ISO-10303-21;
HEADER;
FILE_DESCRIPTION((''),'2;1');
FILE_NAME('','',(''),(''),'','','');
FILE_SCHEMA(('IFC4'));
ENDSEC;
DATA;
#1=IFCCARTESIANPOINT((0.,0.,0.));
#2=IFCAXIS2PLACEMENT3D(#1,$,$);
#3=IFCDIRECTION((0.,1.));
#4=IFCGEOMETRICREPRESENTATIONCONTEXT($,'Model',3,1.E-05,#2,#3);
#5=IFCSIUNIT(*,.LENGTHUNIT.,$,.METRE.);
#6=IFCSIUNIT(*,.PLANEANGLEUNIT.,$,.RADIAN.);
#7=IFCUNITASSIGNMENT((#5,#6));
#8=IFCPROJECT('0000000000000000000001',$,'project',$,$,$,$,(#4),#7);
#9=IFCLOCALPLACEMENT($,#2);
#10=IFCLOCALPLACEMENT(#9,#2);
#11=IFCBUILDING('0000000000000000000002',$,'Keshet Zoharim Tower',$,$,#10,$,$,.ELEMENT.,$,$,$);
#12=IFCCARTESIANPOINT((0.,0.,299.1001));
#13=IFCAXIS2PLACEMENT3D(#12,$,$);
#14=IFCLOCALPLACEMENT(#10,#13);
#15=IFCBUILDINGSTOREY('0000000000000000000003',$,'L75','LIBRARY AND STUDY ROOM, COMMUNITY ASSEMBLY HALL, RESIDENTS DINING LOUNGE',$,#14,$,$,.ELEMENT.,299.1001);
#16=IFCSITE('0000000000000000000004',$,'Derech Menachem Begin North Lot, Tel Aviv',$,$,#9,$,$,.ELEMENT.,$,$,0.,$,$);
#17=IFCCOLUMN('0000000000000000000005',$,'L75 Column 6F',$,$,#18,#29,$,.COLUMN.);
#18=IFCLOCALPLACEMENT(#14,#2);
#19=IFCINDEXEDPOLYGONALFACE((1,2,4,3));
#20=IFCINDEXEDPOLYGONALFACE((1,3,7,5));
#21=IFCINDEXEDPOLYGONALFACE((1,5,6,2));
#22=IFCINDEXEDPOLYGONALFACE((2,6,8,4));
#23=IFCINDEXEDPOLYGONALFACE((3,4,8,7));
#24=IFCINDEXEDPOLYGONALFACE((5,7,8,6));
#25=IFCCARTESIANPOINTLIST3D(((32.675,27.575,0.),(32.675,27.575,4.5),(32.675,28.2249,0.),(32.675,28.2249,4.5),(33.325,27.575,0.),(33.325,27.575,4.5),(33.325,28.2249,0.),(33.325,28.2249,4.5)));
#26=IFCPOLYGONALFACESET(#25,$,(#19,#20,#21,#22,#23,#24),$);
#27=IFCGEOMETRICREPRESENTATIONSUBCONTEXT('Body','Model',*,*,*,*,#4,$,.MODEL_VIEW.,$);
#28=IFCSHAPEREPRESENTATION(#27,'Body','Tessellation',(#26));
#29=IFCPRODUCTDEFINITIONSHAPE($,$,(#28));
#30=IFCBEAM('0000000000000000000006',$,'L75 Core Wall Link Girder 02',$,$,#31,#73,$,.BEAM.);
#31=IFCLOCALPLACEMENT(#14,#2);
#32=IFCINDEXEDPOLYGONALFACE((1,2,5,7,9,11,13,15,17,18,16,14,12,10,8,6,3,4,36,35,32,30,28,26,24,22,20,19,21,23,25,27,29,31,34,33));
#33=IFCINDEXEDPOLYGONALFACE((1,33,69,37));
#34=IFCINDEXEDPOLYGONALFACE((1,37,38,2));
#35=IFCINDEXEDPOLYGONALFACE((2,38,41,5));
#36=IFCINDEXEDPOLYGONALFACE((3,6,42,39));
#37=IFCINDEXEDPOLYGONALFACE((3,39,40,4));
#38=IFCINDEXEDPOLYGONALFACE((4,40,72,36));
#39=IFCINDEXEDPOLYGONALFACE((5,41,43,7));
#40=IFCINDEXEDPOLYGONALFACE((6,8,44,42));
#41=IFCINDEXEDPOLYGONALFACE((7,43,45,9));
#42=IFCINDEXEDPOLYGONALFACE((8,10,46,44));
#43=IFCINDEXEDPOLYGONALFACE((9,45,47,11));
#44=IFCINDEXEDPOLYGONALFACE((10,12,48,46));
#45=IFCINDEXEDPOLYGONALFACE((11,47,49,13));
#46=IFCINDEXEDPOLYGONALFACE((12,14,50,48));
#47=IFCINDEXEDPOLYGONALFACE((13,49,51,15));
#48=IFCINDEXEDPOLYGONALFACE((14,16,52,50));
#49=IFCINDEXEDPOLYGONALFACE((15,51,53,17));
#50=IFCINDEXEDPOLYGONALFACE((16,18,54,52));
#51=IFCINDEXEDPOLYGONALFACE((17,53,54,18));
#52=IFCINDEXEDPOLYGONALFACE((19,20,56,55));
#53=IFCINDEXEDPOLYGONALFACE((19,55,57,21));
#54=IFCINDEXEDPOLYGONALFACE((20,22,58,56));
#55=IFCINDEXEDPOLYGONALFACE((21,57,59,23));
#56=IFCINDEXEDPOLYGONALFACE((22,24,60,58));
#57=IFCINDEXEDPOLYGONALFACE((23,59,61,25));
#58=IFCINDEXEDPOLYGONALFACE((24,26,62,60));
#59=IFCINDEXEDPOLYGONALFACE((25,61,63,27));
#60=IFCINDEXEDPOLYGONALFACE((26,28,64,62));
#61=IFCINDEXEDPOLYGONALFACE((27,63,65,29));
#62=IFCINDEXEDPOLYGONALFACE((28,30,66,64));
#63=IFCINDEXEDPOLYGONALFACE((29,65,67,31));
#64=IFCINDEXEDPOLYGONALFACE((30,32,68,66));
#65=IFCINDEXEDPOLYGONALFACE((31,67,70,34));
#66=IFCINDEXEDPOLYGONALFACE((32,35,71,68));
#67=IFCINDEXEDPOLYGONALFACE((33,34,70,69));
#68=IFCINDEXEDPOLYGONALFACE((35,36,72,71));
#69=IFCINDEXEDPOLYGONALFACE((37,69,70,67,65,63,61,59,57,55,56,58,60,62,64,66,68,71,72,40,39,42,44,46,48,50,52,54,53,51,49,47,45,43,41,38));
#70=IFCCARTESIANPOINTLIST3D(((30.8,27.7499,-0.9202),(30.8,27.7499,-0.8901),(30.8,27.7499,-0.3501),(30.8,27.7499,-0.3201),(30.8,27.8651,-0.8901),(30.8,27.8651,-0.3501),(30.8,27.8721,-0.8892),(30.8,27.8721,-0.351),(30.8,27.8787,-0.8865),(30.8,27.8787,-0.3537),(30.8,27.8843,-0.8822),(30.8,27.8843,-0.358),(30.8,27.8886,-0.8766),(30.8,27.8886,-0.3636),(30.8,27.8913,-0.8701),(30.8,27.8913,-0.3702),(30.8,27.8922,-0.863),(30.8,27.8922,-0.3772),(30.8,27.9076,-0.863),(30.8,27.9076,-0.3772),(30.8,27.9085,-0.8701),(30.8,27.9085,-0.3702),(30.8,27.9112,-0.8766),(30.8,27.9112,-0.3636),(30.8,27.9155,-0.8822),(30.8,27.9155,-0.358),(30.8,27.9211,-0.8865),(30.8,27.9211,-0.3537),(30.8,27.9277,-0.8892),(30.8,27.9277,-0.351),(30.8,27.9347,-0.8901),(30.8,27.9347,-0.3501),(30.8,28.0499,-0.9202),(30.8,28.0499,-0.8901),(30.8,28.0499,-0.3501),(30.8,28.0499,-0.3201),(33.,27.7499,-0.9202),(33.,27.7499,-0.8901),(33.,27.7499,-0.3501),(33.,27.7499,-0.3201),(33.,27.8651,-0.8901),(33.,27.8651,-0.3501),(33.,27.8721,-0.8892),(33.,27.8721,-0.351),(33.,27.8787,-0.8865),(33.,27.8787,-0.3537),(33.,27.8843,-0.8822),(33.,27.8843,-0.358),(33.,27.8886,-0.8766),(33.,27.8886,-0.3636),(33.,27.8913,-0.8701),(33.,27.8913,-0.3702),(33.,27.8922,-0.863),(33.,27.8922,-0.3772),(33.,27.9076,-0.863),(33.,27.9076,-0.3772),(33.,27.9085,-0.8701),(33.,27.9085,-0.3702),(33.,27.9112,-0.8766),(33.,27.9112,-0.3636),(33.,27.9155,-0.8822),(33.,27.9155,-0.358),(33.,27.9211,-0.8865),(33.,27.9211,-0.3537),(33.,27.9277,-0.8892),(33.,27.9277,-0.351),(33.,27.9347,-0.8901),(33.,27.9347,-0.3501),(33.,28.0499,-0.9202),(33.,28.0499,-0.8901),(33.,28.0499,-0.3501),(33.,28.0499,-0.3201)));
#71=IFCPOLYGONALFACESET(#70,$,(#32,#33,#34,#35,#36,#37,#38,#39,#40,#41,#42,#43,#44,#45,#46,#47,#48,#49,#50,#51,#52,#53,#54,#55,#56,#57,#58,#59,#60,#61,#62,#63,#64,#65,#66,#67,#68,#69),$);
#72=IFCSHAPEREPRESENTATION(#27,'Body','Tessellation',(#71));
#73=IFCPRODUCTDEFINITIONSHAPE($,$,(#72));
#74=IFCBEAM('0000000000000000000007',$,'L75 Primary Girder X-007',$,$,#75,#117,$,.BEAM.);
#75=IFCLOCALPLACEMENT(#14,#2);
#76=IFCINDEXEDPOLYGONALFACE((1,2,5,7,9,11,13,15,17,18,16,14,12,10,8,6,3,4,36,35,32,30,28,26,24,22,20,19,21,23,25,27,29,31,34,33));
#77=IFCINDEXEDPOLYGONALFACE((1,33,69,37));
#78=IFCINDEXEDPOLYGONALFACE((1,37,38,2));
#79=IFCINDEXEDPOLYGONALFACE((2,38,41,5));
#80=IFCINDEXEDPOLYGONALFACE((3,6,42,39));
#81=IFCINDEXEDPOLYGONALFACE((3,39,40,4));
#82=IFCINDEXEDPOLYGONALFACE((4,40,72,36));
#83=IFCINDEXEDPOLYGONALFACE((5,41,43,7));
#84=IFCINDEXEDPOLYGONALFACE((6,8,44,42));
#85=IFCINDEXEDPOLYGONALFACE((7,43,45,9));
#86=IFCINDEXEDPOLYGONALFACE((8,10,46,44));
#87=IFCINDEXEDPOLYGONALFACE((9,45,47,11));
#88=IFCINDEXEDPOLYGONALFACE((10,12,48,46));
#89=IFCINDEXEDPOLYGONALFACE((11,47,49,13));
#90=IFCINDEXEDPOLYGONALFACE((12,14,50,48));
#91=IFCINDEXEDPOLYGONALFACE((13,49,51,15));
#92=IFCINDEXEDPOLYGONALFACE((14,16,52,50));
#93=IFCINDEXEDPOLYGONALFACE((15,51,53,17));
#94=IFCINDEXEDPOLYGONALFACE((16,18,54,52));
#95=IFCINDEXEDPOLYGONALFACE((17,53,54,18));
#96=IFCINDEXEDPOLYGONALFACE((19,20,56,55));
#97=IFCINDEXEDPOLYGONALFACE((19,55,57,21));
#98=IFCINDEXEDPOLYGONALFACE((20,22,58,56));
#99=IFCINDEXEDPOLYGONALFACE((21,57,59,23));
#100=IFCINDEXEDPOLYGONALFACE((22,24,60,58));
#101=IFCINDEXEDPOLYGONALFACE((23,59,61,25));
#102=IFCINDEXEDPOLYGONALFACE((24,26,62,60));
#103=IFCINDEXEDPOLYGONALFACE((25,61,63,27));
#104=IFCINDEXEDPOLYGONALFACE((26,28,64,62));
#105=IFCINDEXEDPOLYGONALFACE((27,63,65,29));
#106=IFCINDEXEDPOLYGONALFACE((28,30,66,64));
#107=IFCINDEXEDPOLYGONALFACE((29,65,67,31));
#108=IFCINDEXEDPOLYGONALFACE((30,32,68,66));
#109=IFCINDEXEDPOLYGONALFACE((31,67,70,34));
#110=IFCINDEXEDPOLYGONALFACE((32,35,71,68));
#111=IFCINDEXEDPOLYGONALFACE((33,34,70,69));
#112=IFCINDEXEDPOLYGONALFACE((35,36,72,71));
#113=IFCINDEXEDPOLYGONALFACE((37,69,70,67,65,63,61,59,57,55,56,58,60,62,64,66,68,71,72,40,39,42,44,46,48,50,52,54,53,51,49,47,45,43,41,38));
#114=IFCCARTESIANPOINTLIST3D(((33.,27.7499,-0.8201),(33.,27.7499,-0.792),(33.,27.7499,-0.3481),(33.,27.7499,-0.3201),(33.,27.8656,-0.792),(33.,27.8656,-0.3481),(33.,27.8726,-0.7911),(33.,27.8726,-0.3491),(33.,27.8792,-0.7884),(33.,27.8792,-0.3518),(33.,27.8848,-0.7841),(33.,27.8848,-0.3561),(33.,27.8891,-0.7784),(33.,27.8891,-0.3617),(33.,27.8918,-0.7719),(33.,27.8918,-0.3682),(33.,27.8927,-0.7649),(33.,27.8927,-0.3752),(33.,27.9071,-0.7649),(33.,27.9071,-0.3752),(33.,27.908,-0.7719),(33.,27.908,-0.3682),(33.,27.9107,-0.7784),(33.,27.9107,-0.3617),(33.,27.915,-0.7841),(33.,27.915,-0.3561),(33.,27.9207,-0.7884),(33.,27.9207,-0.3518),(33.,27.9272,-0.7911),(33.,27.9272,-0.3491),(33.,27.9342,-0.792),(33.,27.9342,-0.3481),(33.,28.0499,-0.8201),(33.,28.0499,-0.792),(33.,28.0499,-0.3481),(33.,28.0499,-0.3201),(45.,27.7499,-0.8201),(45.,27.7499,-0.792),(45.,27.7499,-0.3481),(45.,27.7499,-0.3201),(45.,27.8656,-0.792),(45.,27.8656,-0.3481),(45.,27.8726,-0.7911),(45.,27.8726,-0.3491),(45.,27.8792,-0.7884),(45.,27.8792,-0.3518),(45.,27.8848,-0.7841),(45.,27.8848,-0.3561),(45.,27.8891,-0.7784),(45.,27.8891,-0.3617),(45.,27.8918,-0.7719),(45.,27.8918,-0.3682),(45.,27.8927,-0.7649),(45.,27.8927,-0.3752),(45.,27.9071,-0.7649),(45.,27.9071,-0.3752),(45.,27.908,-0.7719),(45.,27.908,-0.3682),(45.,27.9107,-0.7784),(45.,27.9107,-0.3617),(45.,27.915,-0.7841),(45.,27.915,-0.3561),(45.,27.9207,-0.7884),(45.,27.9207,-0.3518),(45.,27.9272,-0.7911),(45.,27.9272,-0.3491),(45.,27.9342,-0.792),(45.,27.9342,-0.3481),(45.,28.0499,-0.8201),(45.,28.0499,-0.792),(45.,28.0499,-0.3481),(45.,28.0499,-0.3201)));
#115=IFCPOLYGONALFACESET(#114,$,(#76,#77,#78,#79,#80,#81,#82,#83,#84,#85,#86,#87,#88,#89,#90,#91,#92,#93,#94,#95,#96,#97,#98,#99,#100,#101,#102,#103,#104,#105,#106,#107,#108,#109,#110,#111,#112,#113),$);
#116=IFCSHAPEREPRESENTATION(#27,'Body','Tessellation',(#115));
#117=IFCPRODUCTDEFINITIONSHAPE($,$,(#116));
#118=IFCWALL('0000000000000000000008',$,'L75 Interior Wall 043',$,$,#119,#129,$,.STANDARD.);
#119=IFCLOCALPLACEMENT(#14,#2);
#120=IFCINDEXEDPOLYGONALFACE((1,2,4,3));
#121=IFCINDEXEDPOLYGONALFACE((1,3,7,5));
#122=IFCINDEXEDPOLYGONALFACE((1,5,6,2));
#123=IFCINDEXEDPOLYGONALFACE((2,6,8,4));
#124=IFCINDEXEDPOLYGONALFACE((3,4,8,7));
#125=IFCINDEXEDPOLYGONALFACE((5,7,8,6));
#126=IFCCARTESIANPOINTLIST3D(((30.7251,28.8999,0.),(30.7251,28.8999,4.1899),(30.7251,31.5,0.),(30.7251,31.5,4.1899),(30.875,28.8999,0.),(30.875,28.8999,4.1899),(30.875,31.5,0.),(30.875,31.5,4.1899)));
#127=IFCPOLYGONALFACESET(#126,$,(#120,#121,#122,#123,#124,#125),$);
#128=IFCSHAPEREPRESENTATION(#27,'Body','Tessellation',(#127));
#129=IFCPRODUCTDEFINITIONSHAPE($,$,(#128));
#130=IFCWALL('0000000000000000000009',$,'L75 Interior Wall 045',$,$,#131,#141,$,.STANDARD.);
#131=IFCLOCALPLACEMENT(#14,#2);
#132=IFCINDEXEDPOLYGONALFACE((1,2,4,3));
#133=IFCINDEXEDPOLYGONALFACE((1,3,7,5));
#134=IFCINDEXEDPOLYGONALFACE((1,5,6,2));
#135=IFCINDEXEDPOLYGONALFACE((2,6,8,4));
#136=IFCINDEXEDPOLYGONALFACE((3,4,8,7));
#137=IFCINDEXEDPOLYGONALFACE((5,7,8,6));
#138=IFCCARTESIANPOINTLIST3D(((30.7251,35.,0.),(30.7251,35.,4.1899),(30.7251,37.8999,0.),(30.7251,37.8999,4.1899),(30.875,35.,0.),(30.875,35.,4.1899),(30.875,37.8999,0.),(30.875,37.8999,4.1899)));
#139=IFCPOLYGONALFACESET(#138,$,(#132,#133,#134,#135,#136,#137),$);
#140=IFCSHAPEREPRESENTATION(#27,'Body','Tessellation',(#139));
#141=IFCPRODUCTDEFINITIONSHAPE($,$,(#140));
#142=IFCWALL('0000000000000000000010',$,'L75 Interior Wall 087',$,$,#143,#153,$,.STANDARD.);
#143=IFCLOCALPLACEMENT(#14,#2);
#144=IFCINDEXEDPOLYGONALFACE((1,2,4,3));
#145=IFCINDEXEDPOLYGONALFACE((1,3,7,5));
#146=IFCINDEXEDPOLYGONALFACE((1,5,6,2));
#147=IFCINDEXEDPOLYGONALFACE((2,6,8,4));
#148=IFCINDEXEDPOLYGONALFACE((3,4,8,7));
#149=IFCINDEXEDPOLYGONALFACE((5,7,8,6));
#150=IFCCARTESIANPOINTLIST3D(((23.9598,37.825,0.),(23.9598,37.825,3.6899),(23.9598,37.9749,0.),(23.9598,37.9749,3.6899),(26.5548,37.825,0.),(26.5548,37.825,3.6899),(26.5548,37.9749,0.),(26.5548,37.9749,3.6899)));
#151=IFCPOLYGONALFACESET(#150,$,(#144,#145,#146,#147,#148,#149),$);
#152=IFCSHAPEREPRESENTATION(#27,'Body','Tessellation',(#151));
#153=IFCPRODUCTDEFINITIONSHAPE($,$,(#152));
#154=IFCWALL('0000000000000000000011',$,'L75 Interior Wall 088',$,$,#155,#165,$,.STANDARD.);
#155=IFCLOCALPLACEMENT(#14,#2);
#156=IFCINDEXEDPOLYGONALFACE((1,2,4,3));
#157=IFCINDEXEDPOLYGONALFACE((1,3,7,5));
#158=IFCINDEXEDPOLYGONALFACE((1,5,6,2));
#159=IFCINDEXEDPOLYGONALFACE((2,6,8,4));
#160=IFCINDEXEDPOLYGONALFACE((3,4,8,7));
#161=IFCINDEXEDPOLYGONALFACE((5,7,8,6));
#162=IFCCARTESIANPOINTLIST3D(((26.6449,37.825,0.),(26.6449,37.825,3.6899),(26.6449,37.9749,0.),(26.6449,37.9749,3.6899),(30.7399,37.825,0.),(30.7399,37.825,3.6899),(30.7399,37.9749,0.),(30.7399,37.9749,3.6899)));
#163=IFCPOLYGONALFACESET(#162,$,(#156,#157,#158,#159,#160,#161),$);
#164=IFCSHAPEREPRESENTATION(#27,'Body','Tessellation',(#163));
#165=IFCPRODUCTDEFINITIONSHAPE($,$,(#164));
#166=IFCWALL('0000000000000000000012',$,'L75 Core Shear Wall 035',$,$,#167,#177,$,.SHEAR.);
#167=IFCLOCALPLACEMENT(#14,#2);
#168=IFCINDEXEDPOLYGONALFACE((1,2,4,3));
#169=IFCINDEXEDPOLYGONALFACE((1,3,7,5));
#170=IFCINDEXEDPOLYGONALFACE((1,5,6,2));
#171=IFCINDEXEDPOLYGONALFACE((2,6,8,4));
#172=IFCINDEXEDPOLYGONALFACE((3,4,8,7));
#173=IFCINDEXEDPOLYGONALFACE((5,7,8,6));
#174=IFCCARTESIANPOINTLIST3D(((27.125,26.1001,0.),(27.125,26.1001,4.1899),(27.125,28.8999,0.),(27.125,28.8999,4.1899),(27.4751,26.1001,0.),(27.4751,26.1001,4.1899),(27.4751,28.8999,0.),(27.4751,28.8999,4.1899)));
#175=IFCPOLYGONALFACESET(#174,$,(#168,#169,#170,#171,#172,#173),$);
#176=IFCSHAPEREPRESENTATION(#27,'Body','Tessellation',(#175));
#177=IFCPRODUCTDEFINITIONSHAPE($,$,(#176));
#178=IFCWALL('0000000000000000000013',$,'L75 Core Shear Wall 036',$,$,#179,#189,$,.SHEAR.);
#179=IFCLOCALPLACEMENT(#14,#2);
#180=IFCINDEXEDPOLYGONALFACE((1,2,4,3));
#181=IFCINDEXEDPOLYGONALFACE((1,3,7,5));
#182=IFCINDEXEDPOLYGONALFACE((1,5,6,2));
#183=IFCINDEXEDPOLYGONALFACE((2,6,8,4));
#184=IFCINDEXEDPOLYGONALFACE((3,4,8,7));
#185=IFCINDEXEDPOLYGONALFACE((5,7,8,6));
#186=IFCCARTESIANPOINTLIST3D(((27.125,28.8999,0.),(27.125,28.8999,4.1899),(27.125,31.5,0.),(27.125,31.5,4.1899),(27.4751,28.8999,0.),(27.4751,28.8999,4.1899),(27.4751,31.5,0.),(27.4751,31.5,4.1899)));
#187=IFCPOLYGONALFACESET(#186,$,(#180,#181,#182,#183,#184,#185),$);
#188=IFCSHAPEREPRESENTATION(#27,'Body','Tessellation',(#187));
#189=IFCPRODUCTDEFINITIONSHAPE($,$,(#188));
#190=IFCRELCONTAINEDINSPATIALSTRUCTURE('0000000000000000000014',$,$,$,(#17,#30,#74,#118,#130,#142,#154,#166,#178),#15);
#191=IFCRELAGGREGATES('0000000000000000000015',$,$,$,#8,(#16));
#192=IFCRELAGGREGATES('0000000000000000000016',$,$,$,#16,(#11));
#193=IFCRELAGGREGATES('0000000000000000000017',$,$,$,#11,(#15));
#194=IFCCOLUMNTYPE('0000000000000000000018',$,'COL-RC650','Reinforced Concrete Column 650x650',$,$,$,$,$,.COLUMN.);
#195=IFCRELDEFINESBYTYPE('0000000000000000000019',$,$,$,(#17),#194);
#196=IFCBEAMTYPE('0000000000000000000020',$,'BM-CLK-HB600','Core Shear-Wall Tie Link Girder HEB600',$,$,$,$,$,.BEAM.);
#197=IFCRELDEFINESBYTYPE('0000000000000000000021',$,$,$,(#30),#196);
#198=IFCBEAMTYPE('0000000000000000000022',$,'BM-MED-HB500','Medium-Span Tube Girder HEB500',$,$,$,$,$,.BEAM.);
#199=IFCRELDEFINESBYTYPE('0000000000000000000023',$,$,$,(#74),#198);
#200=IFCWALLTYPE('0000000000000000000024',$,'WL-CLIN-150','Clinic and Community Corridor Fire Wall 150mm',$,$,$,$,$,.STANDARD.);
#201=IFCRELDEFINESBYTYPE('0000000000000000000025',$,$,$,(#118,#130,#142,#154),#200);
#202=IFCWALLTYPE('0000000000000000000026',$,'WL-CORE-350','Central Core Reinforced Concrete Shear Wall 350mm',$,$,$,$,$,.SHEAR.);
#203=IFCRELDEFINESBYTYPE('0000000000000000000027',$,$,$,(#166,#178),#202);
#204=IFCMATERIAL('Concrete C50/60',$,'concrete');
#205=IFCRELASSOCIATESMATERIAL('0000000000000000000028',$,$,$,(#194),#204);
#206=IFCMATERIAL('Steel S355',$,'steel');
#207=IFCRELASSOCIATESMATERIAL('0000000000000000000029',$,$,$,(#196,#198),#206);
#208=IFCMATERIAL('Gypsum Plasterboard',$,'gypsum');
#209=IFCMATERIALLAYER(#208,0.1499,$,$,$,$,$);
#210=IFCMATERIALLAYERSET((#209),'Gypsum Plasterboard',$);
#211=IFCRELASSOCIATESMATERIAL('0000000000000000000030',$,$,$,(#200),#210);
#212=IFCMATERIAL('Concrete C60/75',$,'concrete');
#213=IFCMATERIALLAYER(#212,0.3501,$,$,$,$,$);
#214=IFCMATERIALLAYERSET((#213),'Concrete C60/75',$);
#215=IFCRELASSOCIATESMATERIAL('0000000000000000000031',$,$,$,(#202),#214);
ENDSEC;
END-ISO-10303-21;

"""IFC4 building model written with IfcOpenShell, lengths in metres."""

from ifc_helpers import new_model, si_unit, direction, frame, frame_2d, origin, origin_2d, place, context, subcontext, project, spatial, rectangle, i_section, extrude, material, layer, layer_set, material_profile, profile_set, type_object, element, save


model = new_model("IFC4")

# Units and contexts
model_context = context("Model", 3, precision=1e-05, world=origin(), true_north=direction((0.0, 1.0)))
body_context = subcontext(model_context, "Body", "Model", "MODEL_VIEW")
ifc_project = project(units=[si_unit("LENGTHUNIT", "METRE"), si_unit("PLANEANGLEUNIT", "RADIAN")], contexts=[model_context])

# Site, building, storey
site_placement = place(None, origin())
site = spatial("IfcSite", under=ifc_project, at=site_placement, Name="Derech Menachem Begin North Lot, Tel Aviv", CompositionType="ELEMENT", RefElevation=0.0)
building_placement = place(site_placement, origin())
building = spatial("IfcBuilding", under=site, at=building_placement, Name="Keshet Zoharim Tower", CompositionType="ELEMENT")
storey_placement = place(building_placement, frame((0.0, 0.0, 299.1001)))
storey = spatial("IfcBuildingStorey", under=building, at=storey_placement, Name="L75", Description="LIBRARY AND STUDY ROOM, COMMUNITY ASSEMBLY HALL, RESIDENTS DINING LOUNGE", CompositionType="ELEMENT", Elevation=299.1001)

# Column
ifc_material_1 = material(Name="Concrete C50/60", Category="concrete")
ifc_material_profile_1 = material_profile(ifc_material_1, rectangle(XDim=0.6499, YDim=0.6499, at=origin_2d()), Name="RC650x650")
ifc_profile_set_1 = profile_set([ifc_material_profile_1], Name="Concrete C50/60")
column_type = type_object("IfcColumnType", Name="COL-RC650", Description="Reinforced Concrete Column 650x650", PredefinedType="COLUMN", material=ifc_profile_set_1)
column_placement = place(storey_placement, frame((33.0, 27.8999, 0.0), z_axis=(0.0, 0.0, 1.0), x_axis=(1.0, 0.0, 0.0)))
element("IfcColumn", 1, at=column_placement, inside=storey, type_object=column_type, Name="L75 Column 6F", PredefinedType="COLUMN", context=body_context, shape_type="SweptSolid", body=[
    extrude(rectangle(XDim=0.6499, YDim=0.6499, at=origin_2d()), origin(), (0.0, 0.0, 1.0), 4.5),
])

# Beams
ifc_material_2 = material(Name="Steel S355", Category="steel")
ifc_material_profile_2 = material_profile(ifc_material_2, i_section(OverallWidth=0.3, OverallDepth=0.6001, WebThickness=0.0154, FlangeThickness=0.03, FilletRadius=0.0271, at=origin_2d()), Name="HEB600")
ifc_profile_set_2 = profile_set([ifc_material_profile_2], Name="Steel S355")
beam_type_1 = type_object("IfcBeamType", Name="BM-CLK-HB600", Description="Core Shear-Wall Tie Link Girder HEB600", PredefinedType="BEAM", material=ifc_profile_set_2)
beam_1_placement = place(storey_placement, frame((30.8, 27.8999, -0.6201), z_axis=(1.0, 0.0, 0.0), x_axis=(0.0, 1.0, 0.0)))
element("IfcBeam", 2, at=beam_1_placement, inside=storey, type_object=beam_type_1, Name="L75 Core Wall Link Girder 02", PredefinedType="BEAM", context=body_context, shape_type="SweptSolid", body=[
    extrude(i_section(OverallWidth=0.3, OverallDepth=0.6001, WebThickness=0.0154, FlangeThickness=0.03, FilletRadius=0.0271, at=origin_2d()), origin(), (0.0, 0.0, 1.0), 2.2),
])
ifc_material_profile_3 = material_profile(ifc_material_2, i_section(OverallWidth=0.3, OverallDepth=0.5, WebThickness=0.0144, FlangeThickness=0.0281, FilletRadius=0.0271, at=origin_2d()), Name="HEB500")
ifc_profile_set_3 = profile_set([ifc_material_profile_3], Name="Steel S355")
beam_type_2 = type_object("IfcBeamType", Name="BM-MED-HB500", Description="Medium-Span Tube Girder HEB500", PredefinedType="BEAM", material=ifc_profile_set_3)
beam_2_placement = place(storey_placement, frame((33.0, 27.8999, -0.5701), z_axis=(1.0, 0.0, 0.0), x_axis=(0.0, 1.0, 0.0)))
element("IfcBeam", 3, at=beam_2_placement, inside=storey, type_object=beam_type_2, Name="L75 Primary Girder X-007", PredefinedType="BEAM", context=body_context, shape_type="SweptSolid", body=[
    extrude(i_section(OverallWidth=0.3, OverallDepth=0.5, WebThickness=0.0144, FlangeThickness=0.0281, FilletRadius=0.0271, at=origin_2d()), origin(), (0.0, 0.0, 1.0), 12.0),
])

# Walls
ifc_material_3 = material(Name="Gypsum Plasterboard", Category="gypsum")
ifc_layer_1 = layer(ifc_material_3, 0.1499)
ifc_layer_set_1 = layer_set([ifc_layer_1], Name="Gypsum Plasterboard")
wall_type_1 = type_object("IfcWallType", Name="WL-CLIN-150", Description="Clinic and Community Corridor Fire Wall 150mm", PredefinedType="STANDARD", material=ifc_layer_set_1)
wall_1_placement = place(storey_placement, frame((30.8, 28.8999, 0.0), z_axis=(0.0, 0.0, 1.0), x_axis=(0.0, 1.0, 0.0)))
element("IfcWall", 4, at=wall_1_placement, inside=storey, type_object=wall_type_1, Name="L75 Interior Wall 043", PredefinedType="STANDARD", context=body_context, shape_type="SweptSolid", body=[
    extrude(rectangle(XDim=2.6001, YDim=0.1499, at=frame_2d((1.3, 0.0))), origin(), (0.0, 0.0, 1.0), 4.1899),
])
wall_2_placement = place(storey_placement, frame((30.8, 35.0, 0.0), z_axis=(0.0, 0.0, 1.0), x_axis=(0.0, 1.0, 0.0)))
element("IfcWall", 5, at=wall_2_placement, inside=storey, type_object=wall_type_1, Name="L75 Interior Wall 045", PredefinedType="STANDARD", context=body_context, shape_type="SweptSolid", body=[
    extrude(rectangle(XDim=2.8999, YDim=0.1499, at=frame_2d((1.45, 0.0))), origin(), (0.0, 0.0, 1.0), 4.1899),
])
wall_3_placement = place(storey_placement, frame((23.96, 37.8999, 0.0), z_axis=(0.0, 0.0, 1.0), x_axis=(1.0, 0.0, 0.0)))
element("IfcWall", 6, at=wall_3_placement, inside=storey, type_object=wall_type_1, Name="L75 Interior Wall 087", PredefinedType="STANDARD", context=body_context, shape_type="SweptSolid", body=[
    extrude(rectangle(XDim=2.595, YDim=0.1499, at=frame_2d((1.2974, 0.0))), origin(), (0.0, 0.0, 1.0), 3.6899),
])
wall_4_placement = place(storey_placement, frame((26.645, 37.8999, 0.0), z_axis=(0.0, 0.0, 1.0), x_axis=(1.0, 0.0, 0.0)))
element("IfcWall", 7, at=wall_4_placement, inside=storey, type_object=wall_type_1, Name="L75 Interior Wall 088", PredefinedType="STANDARD", context=body_context, shape_type="SweptSolid", body=[
    extrude(rectangle(XDim=4.095, YDim=0.1499, at=frame_2d((2.0474, 0.0))), origin(), (0.0, 0.0, 1.0), 3.6899),
])
ifc_material_4 = material(Name="Concrete C60/75", Category="concrete")
ifc_layer_2 = layer(ifc_material_4, 0.3501)
ifc_layer_set_2 = layer_set([ifc_layer_2], Name="Concrete C60/75")
wall_type_2 = type_object("IfcWallType", Name="WL-CORE-350", Description="Central Core Reinforced Concrete Shear Wall 350mm", PredefinedType="SHEAR", material=ifc_layer_set_2)
wall_5_placement = place(storey_placement, frame((27.3, 26.1001, 0.0), z_axis=(0.0, 0.0, 1.0), x_axis=(0.0, 1.0, 0.0)))
element("IfcWall", 8, at=wall_5_placement, inside=storey, type_object=wall_type_2, Name="L75 Core Shear Wall 035", PredefinedType="SHEAR", context=body_context, shape_type="SweptSolid", body=[
    extrude(rectangle(XDim=2.7998, YDim=0.3501, at=frame_2d((1.3999, 0.0))), origin(), (0.0, 0.0, 1.0), 4.1899),
])
wall_6_placement = place(storey_placement, frame((27.3, 28.8999, 0.0), z_axis=(0.0, 0.0, 1.0), x_axis=(0.0, 1.0, 0.0)))
element("IfcWall", 9, at=wall_6_placement, inside=storey, type_object=wall_type_2, Name="L75 Core Shear Wall 036", PredefinedType="SHEAR", context=body_context, shape_type="SweptSolid", body=[
    extrude(rectangle(XDim=2.6001, YDim=0.3501, at=frame_2d((1.3, 0.0))), origin(), (0.0, 0.0, 1.0), 4.1899),
])

save(model, "model.ifc")
